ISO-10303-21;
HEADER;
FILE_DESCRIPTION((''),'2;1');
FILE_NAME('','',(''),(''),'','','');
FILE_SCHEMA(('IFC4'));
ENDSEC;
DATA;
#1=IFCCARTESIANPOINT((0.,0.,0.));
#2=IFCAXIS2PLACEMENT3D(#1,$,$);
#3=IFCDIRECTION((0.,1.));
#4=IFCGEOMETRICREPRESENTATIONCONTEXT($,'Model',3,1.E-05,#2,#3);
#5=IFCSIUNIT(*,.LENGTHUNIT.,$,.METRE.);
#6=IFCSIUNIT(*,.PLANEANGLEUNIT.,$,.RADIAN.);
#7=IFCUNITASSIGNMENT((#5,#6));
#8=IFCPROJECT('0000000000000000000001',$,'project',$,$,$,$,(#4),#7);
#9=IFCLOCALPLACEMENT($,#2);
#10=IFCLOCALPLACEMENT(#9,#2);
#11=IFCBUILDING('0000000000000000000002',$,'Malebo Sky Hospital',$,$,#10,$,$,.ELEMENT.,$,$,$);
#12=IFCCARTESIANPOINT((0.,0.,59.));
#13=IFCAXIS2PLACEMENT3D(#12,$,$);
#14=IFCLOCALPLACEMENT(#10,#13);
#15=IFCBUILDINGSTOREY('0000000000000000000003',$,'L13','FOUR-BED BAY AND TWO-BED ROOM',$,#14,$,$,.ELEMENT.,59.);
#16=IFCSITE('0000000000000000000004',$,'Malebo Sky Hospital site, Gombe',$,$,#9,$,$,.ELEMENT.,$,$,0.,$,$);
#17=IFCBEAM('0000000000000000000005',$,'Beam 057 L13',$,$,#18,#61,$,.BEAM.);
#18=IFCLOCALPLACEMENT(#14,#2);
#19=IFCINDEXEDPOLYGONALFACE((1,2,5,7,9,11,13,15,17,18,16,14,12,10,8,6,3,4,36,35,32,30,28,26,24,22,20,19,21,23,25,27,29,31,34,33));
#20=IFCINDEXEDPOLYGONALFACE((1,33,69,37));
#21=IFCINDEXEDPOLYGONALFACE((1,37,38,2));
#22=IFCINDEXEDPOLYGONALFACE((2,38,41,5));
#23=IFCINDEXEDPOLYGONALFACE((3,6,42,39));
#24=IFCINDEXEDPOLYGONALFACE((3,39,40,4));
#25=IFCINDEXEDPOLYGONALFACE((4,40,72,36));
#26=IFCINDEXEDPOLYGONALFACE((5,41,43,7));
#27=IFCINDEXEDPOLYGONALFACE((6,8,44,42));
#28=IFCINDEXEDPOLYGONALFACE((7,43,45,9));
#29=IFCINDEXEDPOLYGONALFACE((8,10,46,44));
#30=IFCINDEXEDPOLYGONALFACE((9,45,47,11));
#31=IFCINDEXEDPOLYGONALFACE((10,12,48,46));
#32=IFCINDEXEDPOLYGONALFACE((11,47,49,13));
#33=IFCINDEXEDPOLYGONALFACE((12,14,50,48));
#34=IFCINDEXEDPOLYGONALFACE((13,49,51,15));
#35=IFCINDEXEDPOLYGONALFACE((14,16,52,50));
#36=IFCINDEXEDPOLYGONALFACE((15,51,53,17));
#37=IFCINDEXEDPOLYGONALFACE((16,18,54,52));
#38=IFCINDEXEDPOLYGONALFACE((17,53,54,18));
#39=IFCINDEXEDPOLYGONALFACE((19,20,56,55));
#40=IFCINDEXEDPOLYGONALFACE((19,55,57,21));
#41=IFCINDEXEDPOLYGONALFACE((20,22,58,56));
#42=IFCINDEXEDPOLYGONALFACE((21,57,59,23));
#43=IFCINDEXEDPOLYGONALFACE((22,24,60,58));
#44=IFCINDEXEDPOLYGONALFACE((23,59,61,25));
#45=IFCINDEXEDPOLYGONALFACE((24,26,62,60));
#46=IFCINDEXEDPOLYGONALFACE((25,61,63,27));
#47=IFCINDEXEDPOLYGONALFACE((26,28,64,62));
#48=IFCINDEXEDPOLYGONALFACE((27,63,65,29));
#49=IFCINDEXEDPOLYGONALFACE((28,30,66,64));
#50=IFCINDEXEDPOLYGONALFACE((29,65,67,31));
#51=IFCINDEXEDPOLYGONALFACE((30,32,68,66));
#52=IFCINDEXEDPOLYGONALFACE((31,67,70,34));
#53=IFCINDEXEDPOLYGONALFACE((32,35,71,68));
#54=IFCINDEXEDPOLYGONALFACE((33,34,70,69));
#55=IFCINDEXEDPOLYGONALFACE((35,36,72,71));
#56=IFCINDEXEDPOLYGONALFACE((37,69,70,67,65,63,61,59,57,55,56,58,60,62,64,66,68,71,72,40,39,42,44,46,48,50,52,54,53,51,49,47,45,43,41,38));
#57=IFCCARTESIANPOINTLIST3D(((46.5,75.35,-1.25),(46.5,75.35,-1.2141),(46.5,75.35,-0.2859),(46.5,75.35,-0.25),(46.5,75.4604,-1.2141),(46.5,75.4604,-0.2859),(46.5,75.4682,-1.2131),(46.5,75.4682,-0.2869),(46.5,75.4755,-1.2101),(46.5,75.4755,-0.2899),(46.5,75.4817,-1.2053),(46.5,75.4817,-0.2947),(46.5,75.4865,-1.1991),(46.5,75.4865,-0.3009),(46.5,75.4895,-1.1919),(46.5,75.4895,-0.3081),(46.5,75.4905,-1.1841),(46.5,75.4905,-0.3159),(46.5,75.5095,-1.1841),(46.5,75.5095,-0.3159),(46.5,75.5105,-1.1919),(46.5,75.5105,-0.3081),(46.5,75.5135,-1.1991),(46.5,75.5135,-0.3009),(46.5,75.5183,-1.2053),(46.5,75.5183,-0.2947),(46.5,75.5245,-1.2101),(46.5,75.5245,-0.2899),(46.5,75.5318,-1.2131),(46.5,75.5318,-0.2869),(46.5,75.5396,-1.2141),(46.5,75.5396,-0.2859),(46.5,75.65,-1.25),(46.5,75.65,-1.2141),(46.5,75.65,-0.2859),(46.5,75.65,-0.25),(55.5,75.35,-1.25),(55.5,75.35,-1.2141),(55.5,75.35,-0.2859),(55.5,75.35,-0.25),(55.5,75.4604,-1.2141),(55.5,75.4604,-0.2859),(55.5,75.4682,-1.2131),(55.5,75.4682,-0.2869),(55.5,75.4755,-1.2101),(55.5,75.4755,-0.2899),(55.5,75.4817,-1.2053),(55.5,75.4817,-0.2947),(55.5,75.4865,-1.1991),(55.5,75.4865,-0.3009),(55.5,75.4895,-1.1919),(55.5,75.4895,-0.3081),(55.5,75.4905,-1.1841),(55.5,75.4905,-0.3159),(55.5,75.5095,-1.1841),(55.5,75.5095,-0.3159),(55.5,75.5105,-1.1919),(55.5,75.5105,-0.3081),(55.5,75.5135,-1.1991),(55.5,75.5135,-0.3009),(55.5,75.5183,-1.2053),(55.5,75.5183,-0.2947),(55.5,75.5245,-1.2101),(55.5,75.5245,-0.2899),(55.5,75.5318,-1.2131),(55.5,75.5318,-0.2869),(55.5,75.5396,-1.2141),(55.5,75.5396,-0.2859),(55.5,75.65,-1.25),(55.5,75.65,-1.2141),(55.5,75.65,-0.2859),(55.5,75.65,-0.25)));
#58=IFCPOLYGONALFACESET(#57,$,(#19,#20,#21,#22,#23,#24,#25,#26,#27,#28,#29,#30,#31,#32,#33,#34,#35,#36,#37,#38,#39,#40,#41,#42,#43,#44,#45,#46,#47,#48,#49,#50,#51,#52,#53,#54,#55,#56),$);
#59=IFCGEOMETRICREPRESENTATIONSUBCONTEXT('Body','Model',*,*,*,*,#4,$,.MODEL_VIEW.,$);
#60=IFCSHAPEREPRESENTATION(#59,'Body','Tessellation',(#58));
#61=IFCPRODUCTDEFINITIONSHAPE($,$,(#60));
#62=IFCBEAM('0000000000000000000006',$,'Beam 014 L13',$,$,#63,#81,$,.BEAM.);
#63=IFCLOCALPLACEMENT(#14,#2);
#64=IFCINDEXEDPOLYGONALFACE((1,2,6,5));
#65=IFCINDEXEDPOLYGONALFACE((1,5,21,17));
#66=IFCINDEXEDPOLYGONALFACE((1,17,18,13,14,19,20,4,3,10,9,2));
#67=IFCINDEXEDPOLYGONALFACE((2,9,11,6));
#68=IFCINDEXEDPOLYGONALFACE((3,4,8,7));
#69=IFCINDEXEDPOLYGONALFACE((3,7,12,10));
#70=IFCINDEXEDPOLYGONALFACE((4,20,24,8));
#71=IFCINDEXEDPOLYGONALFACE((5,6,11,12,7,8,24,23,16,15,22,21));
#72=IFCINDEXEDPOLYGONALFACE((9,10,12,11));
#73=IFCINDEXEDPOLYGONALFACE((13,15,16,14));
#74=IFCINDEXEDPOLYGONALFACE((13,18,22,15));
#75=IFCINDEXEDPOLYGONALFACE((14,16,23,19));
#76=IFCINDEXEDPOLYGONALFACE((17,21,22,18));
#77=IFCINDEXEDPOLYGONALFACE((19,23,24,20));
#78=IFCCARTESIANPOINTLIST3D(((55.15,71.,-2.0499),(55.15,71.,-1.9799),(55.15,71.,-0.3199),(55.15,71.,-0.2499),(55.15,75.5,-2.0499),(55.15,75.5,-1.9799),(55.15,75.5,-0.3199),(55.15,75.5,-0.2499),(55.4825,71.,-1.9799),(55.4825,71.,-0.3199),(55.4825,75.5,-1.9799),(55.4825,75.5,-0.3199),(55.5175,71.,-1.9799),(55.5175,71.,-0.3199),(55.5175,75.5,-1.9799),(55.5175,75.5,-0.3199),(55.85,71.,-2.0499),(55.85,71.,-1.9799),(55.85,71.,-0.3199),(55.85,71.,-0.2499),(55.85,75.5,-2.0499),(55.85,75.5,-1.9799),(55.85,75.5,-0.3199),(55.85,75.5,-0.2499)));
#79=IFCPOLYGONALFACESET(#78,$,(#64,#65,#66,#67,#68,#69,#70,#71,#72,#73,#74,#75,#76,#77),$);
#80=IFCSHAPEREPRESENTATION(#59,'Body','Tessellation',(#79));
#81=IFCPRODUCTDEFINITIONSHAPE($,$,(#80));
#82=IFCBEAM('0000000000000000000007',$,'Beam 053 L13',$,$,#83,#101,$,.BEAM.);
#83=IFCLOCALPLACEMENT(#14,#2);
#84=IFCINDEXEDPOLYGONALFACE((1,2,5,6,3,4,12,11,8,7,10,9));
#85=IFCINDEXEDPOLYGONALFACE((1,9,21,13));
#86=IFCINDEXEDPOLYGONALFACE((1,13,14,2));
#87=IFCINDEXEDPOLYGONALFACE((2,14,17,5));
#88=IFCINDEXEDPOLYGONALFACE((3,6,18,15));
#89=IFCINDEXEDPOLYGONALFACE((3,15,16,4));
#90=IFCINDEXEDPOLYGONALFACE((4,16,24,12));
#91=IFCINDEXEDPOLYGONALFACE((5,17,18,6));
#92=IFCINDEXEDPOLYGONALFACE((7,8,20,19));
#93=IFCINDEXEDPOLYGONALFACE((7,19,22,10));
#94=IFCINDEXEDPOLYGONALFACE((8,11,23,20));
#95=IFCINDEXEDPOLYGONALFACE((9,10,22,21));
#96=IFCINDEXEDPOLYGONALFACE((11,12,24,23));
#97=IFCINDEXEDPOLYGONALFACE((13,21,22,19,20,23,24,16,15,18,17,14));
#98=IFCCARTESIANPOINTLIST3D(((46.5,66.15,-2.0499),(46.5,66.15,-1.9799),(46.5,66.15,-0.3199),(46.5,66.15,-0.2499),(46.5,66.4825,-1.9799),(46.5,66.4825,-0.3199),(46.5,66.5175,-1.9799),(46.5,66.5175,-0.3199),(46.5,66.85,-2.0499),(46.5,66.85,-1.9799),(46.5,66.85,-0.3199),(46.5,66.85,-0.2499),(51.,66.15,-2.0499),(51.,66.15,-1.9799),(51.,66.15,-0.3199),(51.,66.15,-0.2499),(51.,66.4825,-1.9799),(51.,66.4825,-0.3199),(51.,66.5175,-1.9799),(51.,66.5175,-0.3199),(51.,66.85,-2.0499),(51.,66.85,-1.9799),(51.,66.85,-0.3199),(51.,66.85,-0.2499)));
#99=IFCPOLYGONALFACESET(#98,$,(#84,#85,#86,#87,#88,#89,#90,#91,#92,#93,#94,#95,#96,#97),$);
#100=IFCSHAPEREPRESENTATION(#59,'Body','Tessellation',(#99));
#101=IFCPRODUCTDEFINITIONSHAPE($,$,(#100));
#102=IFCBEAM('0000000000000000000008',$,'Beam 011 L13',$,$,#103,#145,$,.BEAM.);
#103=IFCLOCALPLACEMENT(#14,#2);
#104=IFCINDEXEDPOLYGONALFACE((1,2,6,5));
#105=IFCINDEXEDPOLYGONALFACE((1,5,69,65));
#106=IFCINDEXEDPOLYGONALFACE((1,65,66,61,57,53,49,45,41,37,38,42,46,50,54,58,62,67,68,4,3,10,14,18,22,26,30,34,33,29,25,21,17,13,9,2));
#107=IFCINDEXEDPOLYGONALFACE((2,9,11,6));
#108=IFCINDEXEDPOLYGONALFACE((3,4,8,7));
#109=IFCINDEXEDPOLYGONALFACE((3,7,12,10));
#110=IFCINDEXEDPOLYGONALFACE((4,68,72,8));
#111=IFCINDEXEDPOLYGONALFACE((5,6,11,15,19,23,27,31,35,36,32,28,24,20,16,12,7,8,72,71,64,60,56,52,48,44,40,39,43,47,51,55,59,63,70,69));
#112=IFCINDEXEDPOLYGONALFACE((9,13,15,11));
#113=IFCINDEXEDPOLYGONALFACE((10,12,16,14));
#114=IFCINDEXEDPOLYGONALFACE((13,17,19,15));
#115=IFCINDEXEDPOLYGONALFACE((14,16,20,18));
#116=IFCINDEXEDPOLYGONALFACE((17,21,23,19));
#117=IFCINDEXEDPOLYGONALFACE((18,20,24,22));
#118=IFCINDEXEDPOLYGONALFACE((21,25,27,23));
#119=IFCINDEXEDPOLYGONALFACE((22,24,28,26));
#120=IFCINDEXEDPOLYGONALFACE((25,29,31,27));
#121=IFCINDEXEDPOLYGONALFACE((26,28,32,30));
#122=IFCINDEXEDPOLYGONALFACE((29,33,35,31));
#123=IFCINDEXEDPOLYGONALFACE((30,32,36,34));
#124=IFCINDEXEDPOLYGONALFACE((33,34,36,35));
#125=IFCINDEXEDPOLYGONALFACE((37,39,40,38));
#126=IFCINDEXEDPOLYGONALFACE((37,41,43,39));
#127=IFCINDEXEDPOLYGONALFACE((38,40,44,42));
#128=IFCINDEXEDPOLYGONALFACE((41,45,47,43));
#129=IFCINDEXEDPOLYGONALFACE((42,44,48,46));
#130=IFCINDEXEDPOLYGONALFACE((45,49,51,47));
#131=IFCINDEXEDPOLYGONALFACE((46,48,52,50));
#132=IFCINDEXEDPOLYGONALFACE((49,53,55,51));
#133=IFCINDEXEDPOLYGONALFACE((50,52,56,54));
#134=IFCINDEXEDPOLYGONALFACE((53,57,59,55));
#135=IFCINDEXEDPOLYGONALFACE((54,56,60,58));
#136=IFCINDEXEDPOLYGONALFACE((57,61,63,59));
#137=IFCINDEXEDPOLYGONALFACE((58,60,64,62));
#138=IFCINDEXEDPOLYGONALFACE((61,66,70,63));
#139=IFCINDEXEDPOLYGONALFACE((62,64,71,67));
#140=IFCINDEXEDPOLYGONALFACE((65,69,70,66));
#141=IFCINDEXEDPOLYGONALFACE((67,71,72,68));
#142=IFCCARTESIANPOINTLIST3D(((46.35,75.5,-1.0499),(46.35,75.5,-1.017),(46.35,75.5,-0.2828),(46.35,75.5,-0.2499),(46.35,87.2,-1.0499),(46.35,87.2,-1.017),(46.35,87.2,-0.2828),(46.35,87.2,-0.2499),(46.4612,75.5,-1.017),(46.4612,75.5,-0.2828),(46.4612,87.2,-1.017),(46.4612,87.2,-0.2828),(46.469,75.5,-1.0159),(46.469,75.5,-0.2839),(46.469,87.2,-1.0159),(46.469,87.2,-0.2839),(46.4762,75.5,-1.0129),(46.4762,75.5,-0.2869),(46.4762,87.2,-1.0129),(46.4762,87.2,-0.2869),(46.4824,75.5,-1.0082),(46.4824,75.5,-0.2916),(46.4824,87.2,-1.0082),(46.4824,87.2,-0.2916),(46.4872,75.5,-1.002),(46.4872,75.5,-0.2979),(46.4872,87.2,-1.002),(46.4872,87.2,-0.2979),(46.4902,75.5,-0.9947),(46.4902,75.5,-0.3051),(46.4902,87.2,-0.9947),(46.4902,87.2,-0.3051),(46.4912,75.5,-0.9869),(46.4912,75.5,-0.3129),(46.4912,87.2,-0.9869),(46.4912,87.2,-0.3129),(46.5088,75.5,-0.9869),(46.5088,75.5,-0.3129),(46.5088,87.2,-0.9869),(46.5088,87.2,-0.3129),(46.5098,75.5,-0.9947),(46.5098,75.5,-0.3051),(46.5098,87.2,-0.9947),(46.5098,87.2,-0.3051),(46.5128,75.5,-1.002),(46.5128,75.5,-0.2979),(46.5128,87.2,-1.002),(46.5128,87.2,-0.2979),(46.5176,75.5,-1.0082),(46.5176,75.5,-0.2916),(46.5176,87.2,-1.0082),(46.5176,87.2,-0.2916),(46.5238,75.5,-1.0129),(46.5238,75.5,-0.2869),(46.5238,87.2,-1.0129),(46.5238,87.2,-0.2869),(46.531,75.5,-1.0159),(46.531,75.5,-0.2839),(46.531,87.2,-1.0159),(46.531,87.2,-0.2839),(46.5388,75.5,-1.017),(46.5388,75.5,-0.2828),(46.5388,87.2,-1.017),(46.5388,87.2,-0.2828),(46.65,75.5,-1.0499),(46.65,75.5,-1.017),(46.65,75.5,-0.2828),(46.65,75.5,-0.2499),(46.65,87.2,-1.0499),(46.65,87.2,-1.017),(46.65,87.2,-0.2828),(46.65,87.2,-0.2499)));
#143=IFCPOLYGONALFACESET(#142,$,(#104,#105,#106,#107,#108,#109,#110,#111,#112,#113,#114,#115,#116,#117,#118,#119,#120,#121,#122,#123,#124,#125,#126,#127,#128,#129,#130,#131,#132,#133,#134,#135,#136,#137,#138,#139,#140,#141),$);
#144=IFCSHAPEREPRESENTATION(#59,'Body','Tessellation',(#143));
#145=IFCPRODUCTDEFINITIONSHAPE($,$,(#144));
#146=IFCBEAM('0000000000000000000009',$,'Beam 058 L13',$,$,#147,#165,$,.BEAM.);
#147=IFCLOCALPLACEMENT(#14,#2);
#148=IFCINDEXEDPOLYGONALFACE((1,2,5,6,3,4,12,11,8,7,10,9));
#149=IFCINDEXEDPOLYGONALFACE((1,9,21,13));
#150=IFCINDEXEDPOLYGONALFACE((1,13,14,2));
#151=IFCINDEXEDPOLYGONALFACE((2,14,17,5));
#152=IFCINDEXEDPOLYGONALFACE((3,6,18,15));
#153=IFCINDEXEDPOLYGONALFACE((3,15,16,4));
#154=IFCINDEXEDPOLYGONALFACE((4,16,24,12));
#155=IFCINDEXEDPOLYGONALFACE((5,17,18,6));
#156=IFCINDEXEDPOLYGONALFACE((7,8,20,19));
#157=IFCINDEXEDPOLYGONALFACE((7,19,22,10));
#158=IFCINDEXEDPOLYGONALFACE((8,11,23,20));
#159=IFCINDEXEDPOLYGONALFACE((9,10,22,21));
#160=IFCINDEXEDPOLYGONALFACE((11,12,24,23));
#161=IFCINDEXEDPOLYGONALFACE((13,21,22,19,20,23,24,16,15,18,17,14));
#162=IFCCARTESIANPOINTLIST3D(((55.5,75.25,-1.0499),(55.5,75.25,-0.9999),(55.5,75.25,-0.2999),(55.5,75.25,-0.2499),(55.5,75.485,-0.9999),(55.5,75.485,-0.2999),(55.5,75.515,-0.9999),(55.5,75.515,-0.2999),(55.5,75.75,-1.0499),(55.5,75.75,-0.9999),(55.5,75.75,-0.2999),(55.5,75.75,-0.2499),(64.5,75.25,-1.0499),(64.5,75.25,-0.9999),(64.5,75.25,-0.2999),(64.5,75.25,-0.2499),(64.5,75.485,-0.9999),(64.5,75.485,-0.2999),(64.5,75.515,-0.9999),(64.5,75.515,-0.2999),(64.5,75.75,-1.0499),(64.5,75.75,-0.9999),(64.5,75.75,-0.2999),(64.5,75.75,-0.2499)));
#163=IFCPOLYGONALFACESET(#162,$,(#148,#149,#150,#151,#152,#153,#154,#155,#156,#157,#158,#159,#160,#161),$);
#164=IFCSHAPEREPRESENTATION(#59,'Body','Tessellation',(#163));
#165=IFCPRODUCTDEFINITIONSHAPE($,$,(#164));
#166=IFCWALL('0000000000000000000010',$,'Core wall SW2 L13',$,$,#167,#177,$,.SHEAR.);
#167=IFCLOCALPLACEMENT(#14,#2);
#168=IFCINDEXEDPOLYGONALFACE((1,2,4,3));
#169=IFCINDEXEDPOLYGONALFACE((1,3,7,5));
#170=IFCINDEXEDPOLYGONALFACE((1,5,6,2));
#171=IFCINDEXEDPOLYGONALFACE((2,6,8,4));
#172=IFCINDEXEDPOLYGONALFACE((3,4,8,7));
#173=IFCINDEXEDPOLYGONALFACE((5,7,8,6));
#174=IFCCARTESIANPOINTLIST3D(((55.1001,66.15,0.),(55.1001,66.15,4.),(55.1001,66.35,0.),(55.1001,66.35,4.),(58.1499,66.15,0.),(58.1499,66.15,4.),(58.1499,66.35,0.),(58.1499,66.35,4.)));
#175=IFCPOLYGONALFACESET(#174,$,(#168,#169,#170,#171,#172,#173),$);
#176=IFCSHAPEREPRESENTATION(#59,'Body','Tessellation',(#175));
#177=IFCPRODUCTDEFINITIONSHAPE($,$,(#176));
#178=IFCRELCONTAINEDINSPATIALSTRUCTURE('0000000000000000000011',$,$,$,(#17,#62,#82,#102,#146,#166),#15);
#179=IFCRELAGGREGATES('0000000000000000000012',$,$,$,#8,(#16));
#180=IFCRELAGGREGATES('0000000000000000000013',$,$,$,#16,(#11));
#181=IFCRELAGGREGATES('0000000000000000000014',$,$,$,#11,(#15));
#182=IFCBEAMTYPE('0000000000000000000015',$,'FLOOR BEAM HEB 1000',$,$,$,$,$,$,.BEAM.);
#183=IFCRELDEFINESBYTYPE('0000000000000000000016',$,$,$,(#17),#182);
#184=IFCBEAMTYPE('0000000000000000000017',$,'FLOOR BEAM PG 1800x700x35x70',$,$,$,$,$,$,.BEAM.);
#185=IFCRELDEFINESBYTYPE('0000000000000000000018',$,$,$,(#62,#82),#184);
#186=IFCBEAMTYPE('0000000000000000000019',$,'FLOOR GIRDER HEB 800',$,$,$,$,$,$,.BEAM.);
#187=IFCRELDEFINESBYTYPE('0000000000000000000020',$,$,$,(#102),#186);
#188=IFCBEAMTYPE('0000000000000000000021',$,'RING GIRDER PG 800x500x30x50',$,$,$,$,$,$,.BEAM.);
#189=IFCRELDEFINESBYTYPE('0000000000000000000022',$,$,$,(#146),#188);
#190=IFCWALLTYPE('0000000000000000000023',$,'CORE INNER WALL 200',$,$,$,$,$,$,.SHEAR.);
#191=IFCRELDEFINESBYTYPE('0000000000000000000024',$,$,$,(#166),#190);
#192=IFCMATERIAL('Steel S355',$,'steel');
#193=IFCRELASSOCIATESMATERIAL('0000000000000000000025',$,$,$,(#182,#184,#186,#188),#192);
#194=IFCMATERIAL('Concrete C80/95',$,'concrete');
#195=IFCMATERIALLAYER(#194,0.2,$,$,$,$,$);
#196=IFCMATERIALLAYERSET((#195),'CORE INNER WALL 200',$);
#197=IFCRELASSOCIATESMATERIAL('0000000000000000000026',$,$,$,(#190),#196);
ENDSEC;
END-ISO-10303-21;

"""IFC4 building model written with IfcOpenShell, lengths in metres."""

from ifc_helpers import new_model, si_unit, direction, frame, frame_2d, origin, origin_2d, place, context, subcontext, project, spatial, rectangle, i_section, extrude, material, layer, layer_set, material_profile, profile_set, type_object, element, save


model = new_model("IFC4")

# Units and contexts
model_context = context("Model", 3, precision=1e-05, world=origin(), true_north=direction((0.0, 1.0)))
body_context = subcontext(model_context, "Body", "Model", "MODEL_VIEW")
ifc_project = project(units=[si_unit("LENGTHUNIT", "METRE"), si_unit("PLANEANGLEUNIT", "RADIAN")], contexts=[model_context])

# Site, building, storey
site_placement = place(None, origin())
site = spatial("IfcSite", under=ifc_project, at=site_placement, Name="Malebo Sky Hospital site, Gombe", CompositionType="ELEMENT", RefElevation=0.0)
building_placement = place(site_placement, origin())
building = spatial("IfcBuilding", under=site, at=building_placement, Name="Malebo Sky Hospital", CompositionType="ELEMENT")
storey_placement = place(building_placement, frame((0.0, 0.0, 59.0)))
storey = spatial("IfcBuildingStorey", under=building, at=storey_placement, Name="L13", Description="FOUR-BED BAY AND TWO-BED ROOM", CompositionType="ELEMENT", Elevation=59.0)

# Beams
ifc_material_1 = material(Name="Steel S355", Category="steel")
ifc_material_profile_1 = material_profile(ifc_material_1, i_section(OverallWidth=0.3, OverallDepth=1.0, WebThickness=0.019, FlangeThickness=0.0359, FilletRadius=0.03, at=origin_2d()), Name="HEB 1000")
ifc_profile_set_1 = profile_set([ifc_material_profile_1], Name="Steel S355")
beam_type_1 = type_object("IfcBeamType", Name="FLOOR BEAM HEB 1000", PredefinedType="BEAM", material=ifc_profile_set_1)
beam_1_placement = place(storey_placement, frame((46.5, 75.5, -0.75), z_axis=(1.0, 0.0, 0.0), x_axis=(0.0, 1.0, 0.0)))
element("IfcBeam", 1, at=beam_1_placement, inside=storey, type_object=beam_type_1, Name="Beam 057 L13", PredefinedType="BEAM", context=body_context, shape_type="SweptSolid", body=[
    extrude(i_section(OverallWidth=0.3, OverallDepth=1.0, WebThickness=0.019, FlangeThickness=0.0359, FilletRadius=0.03, at=origin_2d()), origin(), (0.0, 0.0, 1.0), 9.0),
])
ifc_material_profile_2 = material_profile(ifc_material_1, i_section(OverallWidth=0.7, OverallDepth=1.8, WebThickness=0.0349, FlangeThickness=0.0701, at=origin_2d()), Name="PG 1800x700x35x70")
ifc_profile_set_2 = profile_set([ifc_material_profile_2], Name="Steel S355")
beam_type_2 = type_object("IfcBeamType", Name="FLOOR BEAM PG 1800x700x35x70", PredefinedType="BEAM", material=ifc_profile_set_2)
for number, where, z_axis, x_axis, name in (
    (2, (55.5, 71.0, -1.1499), (0.0, 1.0, 0.0), (-1.0, 0.0, 0.0), "Beam 014 L13"),
    (3, (46.5, 66.5, -1.1499), (1.0, 0.0, 0.0), (0.0, 1.0, 0.0), "Beam 053 L13"),
):
    element("IfcBeam", number, at=place(storey_placement, frame(where, z_axis=z_axis, x_axis=x_axis)), inside=storey, type_object=beam_type_2, Name=name, PredefinedType="BEAM", context=body_context, shape_type="SweptSolid", body=[
        extrude(i_section(OverallWidth=0.7, OverallDepth=1.8, WebThickness=0.0349, FlangeThickness=0.0701, at=origin_2d()), origin(), (0.0, 0.0, 1.0), 4.5),
    ])
ifc_material_profile_3 = material_profile(ifc_material_1, i_section(OverallWidth=0.3, OverallDepth=0.8, WebThickness=0.0176, FlangeThickness=0.033, FilletRadius=0.03, at=origin_2d()), Name="HEB 800")
ifc_profile_set_3 = profile_set([ifc_material_profile_3], Name="Steel S355")
beam_type_3 = type_object("IfcBeamType", Name="FLOOR GIRDER HEB 800", PredefinedType="BEAM", material=ifc_profile_set_3)
beam_2_placement = place(storey_placement, frame((46.5, 75.5, -0.6499), z_axis=(0.0, 1.0, 0.0), x_axis=(-1.0, 0.0, 0.0)))
element("IfcBeam", 4, at=beam_2_placement, inside=storey, type_object=beam_type_3, Name="Beam 011 L13", PredefinedType="BEAM", context=body_context, shape_type="SweptSolid", body=[
    extrude(i_section(OverallWidth=0.3, OverallDepth=0.8, WebThickness=0.0176, FlangeThickness=0.033, FilletRadius=0.03, at=origin_2d()), origin(), (0.0, 0.0, 1.0), 11.7),
])
ifc_material_profile_4 = material_profile(ifc_material_1, i_section(OverallWidth=0.5, OverallDepth=0.8, WebThickness=0.03, FlangeThickness=0.05, at=origin_2d()), Name="PG 800x500x30x50")
ifc_profile_set_4 = profile_set([ifc_material_profile_4], Name="Steel S355")
beam_type_4 = type_object("IfcBeamType", Name="RING GIRDER PG 800x500x30x50", PredefinedType="BEAM", material=ifc_profile_set_4)
beam_3_placement = place(storey_placement, frame((55.5, 75.5, -0.6499), z_axis=(1.0, 0.0, 0.0), x_axis=(0.0, 1.0, 0.0)))
element("IfcBeam", 5, at=beam_3_placement, inside=storey, type_object=beam_type_4, Name="Beam 058 L13", PredefinedType="BEAM", context=body_context, shape_type="SweptSolid", body=[
    extrude(i_section(OverallWidth=0.5, OverallDepth=0.8, WebThickness=0.03, FlangeThickness=0.05, at=origin_2d()), origin(), (0.0, 0.0, 1.0), 9.0),
])

# Wall
ifc_material_2 = material(Name="Concrete C80/95", Category="concrete")
ifc_layer_1 = layer(ifc_material_2, 0.2)
ifc_layer_set_1 = layer_set([ifc_layer_1], Name="CORE INNER WALL 200")
wall_type_1 = type_object("IfcWallType", Name="CORE INNER WALL 200", PredefinedType="SHEAR", material=ifc_layer_set_1)
wall_1_placement = place(storey_placement, frame((55.1001, 66.25, 0.0), z_axis=(0.0, 0.0, 1.0), x_axis=(1.0, 0.0, 0.0)))
element("IfcWall", 6, at=wall_1_placement, inside=storey, type_object=wall_type_1, Name="Core wall SW2 L13", PredefinedType="SHEAR", context=body_context, shape_type="SweptSolid", body=[
    extrude(rectangle(XDim=3.0498, YDim=0.2, at=frame_2d((1.5249, 0.0))), origin(), (0.0, 0.0, 1.0), 4.0),
])

save(model, "model.ifc")
